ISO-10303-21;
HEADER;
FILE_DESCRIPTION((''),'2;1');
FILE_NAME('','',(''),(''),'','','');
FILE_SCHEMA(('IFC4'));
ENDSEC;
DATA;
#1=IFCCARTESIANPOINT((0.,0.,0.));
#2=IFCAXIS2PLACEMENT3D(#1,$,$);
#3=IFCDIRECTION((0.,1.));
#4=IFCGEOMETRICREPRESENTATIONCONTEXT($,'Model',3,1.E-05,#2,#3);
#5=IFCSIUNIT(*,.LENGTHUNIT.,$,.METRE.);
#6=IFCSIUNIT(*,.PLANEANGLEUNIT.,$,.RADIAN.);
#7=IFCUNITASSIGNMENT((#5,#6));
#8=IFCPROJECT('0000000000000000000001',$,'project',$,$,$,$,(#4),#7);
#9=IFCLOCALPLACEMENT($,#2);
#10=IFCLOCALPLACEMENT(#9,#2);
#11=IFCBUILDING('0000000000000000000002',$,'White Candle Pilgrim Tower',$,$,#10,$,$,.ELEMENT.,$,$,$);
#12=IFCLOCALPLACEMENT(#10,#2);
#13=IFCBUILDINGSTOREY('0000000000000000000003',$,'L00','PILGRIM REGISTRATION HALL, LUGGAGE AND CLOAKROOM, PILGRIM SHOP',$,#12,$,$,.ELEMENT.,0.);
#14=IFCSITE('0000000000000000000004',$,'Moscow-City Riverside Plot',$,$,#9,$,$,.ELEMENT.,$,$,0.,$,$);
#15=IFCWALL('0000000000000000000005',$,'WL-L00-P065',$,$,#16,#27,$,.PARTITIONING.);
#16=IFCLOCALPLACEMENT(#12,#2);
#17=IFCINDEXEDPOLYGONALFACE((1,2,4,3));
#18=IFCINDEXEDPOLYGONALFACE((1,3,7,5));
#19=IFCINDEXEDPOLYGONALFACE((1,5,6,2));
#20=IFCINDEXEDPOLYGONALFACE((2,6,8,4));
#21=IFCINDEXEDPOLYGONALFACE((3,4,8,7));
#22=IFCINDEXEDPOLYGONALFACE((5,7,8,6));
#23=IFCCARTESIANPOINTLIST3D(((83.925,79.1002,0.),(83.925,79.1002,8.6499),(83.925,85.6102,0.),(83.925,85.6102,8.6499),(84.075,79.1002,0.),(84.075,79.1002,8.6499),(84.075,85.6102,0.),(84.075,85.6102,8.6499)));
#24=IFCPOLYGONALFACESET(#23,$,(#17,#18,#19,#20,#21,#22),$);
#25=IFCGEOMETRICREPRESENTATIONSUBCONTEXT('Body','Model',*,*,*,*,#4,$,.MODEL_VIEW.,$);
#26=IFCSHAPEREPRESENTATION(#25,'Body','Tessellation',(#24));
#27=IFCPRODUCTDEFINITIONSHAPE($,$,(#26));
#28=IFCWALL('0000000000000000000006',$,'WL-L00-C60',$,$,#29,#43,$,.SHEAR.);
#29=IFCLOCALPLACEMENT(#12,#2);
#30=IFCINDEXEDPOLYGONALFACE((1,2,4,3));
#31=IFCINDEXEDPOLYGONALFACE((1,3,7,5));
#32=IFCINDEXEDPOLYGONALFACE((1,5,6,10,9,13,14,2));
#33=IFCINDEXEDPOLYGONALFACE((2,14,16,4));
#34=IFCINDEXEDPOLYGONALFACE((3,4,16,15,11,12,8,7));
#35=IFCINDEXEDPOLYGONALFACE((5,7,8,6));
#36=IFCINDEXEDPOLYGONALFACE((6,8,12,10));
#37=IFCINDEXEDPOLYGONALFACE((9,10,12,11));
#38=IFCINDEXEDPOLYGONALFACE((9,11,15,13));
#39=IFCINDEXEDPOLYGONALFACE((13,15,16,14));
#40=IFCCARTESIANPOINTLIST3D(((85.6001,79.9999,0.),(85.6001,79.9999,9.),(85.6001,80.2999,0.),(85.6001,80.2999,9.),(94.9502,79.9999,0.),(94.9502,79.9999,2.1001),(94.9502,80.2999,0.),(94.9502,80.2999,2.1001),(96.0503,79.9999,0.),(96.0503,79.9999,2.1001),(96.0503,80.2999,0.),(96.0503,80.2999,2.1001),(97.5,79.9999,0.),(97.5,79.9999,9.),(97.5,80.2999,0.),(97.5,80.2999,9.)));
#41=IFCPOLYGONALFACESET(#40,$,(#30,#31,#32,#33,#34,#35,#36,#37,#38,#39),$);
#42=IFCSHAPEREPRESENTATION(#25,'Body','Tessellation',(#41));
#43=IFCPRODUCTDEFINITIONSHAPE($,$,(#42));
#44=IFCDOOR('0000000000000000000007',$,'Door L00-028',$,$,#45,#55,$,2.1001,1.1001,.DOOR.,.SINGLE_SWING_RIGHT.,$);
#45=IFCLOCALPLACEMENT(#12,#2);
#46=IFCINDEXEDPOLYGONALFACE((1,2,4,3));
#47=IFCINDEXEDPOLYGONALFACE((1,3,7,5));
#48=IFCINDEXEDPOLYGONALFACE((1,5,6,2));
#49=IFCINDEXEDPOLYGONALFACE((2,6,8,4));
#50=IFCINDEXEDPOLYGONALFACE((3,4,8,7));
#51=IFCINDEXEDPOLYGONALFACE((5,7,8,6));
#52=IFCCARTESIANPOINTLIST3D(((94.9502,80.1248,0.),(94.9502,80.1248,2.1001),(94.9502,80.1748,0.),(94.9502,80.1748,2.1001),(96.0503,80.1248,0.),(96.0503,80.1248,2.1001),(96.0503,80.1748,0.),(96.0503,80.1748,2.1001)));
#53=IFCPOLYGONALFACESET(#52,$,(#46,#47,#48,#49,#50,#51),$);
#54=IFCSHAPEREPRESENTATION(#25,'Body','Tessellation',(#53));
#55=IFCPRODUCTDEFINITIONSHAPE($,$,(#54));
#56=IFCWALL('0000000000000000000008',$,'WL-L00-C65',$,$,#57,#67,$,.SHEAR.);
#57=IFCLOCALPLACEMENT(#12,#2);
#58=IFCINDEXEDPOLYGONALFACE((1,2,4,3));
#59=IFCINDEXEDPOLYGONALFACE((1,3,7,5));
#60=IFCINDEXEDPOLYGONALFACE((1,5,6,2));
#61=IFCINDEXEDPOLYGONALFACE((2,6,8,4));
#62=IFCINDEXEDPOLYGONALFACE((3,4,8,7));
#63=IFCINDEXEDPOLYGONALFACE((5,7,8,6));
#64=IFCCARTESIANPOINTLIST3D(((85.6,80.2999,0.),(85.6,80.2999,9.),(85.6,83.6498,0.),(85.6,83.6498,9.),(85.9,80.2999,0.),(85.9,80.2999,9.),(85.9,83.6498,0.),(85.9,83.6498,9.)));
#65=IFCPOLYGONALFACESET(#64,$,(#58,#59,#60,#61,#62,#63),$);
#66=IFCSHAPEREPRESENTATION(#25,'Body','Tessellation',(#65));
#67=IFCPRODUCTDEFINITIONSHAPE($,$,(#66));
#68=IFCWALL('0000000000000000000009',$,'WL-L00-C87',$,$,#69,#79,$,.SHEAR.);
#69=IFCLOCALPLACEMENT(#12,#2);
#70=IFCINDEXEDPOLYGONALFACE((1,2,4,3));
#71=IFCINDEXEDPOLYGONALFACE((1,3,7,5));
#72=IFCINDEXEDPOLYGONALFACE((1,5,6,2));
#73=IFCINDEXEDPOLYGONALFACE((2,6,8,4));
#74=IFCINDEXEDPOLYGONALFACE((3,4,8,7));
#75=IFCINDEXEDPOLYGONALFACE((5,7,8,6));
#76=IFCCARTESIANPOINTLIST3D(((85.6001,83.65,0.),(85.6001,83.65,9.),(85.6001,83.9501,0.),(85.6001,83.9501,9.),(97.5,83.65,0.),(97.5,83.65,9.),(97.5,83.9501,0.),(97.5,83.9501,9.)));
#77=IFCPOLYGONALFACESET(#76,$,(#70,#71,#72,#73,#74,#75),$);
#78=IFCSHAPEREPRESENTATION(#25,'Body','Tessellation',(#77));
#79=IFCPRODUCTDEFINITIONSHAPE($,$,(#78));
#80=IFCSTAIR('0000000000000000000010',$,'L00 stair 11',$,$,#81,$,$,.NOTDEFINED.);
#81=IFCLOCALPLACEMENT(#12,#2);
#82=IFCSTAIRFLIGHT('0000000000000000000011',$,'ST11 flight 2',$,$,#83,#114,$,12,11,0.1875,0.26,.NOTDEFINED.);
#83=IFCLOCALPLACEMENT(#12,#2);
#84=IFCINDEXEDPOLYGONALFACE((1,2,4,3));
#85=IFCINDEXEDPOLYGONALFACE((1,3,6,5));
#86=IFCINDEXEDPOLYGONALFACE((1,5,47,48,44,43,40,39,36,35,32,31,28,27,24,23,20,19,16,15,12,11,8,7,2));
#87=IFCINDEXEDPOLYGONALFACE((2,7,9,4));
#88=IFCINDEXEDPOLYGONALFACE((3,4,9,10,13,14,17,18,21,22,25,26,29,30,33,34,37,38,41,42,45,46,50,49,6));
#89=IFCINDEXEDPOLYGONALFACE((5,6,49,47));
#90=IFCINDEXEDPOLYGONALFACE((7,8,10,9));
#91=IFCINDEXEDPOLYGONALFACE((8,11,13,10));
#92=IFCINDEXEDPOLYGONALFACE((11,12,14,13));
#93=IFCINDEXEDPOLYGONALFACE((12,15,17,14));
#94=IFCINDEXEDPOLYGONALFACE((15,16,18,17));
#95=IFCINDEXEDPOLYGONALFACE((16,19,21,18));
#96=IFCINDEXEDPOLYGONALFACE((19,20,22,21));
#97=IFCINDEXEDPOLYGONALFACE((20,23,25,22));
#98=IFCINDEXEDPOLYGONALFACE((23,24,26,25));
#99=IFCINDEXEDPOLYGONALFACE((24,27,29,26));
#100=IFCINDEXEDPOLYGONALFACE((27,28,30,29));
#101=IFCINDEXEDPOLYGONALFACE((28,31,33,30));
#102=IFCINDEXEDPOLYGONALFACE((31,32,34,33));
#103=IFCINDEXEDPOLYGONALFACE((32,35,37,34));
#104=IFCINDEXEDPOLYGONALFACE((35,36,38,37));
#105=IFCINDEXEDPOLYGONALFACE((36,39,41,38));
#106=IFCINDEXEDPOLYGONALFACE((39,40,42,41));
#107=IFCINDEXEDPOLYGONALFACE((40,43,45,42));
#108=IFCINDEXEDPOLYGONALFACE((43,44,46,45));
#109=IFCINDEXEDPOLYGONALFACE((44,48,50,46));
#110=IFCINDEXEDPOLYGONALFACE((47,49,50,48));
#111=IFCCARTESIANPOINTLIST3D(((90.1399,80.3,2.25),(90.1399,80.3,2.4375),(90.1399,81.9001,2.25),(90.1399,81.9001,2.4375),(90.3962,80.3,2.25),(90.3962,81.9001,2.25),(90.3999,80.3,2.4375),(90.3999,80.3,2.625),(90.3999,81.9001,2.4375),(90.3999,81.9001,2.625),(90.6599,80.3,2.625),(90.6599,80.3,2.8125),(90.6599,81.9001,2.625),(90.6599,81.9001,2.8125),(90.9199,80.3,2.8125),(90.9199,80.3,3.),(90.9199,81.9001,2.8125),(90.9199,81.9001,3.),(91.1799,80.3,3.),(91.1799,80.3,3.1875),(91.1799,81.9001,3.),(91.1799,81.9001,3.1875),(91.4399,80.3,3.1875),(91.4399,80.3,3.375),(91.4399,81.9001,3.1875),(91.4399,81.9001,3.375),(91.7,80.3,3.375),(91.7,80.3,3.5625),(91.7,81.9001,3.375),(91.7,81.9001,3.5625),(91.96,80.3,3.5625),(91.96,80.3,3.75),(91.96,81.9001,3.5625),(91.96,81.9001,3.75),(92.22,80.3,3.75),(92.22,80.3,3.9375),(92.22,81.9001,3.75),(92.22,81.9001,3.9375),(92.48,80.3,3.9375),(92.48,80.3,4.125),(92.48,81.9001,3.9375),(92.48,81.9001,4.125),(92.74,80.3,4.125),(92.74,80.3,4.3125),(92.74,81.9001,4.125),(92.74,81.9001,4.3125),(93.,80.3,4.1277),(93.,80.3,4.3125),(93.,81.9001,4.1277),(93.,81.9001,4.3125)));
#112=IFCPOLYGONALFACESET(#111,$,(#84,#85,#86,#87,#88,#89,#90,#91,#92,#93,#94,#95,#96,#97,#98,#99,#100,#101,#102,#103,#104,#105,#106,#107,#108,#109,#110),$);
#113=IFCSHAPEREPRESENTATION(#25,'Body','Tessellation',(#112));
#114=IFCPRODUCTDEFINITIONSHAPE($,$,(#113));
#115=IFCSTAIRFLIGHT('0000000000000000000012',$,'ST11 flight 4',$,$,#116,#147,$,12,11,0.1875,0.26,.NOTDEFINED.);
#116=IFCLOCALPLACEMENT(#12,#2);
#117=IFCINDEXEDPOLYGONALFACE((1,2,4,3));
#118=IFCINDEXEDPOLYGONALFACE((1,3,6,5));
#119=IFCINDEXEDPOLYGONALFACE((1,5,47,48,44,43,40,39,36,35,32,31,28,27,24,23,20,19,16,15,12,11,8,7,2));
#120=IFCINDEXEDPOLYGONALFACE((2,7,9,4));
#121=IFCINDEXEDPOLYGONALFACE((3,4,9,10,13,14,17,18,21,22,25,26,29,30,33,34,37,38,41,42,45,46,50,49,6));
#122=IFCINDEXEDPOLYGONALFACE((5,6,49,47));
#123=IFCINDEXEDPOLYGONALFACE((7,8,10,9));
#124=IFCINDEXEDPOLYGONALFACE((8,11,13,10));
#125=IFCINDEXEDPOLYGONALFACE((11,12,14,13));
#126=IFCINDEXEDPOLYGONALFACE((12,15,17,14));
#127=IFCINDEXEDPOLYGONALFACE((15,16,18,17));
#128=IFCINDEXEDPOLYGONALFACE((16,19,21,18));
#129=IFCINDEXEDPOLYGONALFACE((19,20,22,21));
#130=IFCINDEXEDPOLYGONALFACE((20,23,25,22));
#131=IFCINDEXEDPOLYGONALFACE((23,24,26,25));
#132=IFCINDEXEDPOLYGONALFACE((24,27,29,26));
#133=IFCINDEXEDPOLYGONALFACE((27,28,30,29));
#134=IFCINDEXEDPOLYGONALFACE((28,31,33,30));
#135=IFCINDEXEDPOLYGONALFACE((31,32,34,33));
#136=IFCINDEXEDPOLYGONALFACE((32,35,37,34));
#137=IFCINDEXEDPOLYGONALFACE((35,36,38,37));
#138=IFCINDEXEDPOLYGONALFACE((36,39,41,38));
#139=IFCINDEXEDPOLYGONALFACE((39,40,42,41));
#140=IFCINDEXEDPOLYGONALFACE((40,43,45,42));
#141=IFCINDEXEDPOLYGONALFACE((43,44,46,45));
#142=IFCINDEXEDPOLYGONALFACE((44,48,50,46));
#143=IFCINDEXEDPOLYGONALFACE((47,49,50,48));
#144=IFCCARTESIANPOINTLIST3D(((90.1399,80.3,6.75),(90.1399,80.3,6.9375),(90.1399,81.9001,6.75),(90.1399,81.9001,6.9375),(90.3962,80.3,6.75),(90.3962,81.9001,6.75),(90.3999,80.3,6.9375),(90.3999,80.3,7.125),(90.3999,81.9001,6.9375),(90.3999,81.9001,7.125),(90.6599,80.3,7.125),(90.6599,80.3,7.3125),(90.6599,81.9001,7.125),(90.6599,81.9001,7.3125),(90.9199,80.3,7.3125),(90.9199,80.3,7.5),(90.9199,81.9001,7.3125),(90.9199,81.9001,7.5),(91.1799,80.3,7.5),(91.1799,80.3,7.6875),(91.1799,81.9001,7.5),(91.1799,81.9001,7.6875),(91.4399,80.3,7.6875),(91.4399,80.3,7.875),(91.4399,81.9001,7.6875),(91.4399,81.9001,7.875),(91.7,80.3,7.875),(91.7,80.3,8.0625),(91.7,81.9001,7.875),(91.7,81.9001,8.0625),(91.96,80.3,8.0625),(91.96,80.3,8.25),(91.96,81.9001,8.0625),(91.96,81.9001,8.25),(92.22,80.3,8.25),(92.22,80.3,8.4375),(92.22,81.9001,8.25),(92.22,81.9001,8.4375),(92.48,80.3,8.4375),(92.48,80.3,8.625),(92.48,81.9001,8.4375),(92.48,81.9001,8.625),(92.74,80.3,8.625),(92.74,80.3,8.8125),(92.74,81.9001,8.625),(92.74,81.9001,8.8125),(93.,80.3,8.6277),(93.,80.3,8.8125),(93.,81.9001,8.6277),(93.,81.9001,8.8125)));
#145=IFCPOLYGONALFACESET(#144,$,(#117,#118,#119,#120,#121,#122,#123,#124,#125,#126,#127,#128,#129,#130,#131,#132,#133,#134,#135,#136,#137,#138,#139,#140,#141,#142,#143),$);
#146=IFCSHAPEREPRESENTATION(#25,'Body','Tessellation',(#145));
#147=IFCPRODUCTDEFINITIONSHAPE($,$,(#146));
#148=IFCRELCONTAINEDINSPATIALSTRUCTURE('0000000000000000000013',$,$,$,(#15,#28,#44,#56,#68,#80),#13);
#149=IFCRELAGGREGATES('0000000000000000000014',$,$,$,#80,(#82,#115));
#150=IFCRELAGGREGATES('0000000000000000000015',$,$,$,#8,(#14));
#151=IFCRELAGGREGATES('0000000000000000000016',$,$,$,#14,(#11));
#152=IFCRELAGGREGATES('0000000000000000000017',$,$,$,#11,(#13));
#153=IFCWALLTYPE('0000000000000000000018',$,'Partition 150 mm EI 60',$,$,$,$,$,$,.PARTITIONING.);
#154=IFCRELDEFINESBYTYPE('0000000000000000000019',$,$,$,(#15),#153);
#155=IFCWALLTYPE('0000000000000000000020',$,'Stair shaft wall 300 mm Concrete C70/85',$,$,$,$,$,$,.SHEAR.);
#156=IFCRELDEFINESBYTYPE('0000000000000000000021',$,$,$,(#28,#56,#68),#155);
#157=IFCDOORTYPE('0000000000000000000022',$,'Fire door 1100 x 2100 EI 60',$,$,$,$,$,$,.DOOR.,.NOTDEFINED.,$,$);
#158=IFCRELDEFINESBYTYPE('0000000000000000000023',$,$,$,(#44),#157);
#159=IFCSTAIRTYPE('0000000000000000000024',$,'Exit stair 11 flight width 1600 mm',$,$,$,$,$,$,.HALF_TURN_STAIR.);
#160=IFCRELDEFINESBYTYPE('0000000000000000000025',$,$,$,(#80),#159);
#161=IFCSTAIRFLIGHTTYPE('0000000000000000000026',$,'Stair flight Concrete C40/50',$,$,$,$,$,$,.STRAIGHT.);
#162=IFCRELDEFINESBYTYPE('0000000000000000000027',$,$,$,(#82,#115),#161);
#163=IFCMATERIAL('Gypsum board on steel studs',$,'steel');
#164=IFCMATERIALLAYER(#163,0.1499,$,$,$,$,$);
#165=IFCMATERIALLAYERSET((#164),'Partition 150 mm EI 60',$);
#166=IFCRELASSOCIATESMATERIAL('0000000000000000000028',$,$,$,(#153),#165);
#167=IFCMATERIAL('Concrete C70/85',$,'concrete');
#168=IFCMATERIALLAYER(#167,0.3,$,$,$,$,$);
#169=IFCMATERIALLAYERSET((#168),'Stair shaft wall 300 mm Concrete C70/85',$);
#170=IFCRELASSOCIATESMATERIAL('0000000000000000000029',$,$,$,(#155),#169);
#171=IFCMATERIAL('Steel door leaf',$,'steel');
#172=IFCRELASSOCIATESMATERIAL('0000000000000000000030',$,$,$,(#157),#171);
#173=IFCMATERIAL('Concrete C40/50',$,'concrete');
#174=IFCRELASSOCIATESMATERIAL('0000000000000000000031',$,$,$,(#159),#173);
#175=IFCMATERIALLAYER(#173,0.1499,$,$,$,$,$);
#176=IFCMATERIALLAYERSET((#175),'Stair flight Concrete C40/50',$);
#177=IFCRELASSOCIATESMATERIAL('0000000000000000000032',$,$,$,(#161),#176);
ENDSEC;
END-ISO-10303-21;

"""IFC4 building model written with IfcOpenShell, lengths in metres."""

from ifc_helpers import new_model, si_unit, direction, frame, frame_2d, origin, place, context, subcontext, project, spatial, polyline, rectangle, outline, extrude, material, layer, layer_set, type_object, element, fill, aggregate, save


model = new_model("IFC4")

# Units and contexts
model_context = context("Model", 3, precision=1e-05, world=origin(), true_north=direction((0.0, 1.0)))
body_context = subcontext(model_context, "Body", "Model", "MODEL_VIEW")
ifc_project = project(units=[si_unit("LENGTHUNIT", "METRE"), si_unit("PLANEANGLEUNIT", "RADIAN")], contexts=[model_context])

# Site, building, storey
site_placement = place(None, origin())
site = spatial("IfcSite", under=ifc_project, at=site_placement, Name="Moscow-City Riverside Plot", CompositionType="ELEMENT", RefElevation=0.0)
building_placement = place(site_placement, origin())
building = spatial("IfcBuilding", under=site, at=building_placement, Name="White Candle Pilgrim Tower", CompositionType="ELEMENT")
storey_placement = place(building_placement, origin())
storey = spatial("IfcBuildingStorey", under=building, at=storey_placement, Name="L00", Description="PILGRIM REGISTRATION HALL, LUGGAGE AND CLOAKROOM, PILGRIM SHOP", CompositionType="ELEMENT", Elevation=0.0)

# Shared definitions
ifc_material_1 = material(Name="Concrete C70/85", Category="concrete")
ifc_material_2 = material(Name="Steel door leaf", Category="steel")

# Shared definitions
ifc_material_3 = material(Name="Gypsum board on steel studs", Category="steel")

# Wall
ifc_layer_1 = layer(ifc_material_3, 0.1499)
ifc_layer_set_1 = layer_set([ifc_layer_1], Name="Partition 150 mm EI 60")
wall_type_1 = type_object("IfcWallType", Name="Partition 150 mm EI 60", PredefinedType="PARTITIONING", material=ifc_layer_set_1)
wall_1_placement = place(storey_placement, frame((84.0, 85.6101, 0.0), z_axis=(0.0, 0.0, 1.0), x_axis=(0.0, -1.0, 0.0)))
element("IfcWall", 1, at=wall_1_placement, inside=storey, type_object=wall_type_1, Name="WL-L00-P065", PredefinedType="PARTITIONING", context=body_context, shape_type="SweptSolid", body=[
    extrude(rectangle(XDim=6.51, YDim=0.1499, at=frame_2d((3.2549, 0.0))), origin(), (0.0, 0.0, 1.0), 8.6499),
])

# Wall, opening, door
ifc_layer_2 = layer(ifc_material_1, 0.3)
ifc_layer_set_2 = layer_set([ifc_layer_2], Name="Stair shaft wall 300 mm Concrete C70/85")
wall_type_2 = type_object("IfcWallType", Name="Stair shaft wall 300 mm Concrete C70/85", PredefinedType="SHEAR", material=ifc_layer_set_2)
wall_2_placement = place(storey_placement, frame((85.6001, 80.1499, 0.0), z_axis=(0.0, 0.0, 1.0), x_axis=(1.0, 0.0, 0.0)))
wall_2 = element("IfcWall", 2, at=wall_2_placement, inside=storey, type_object=wall_type_2, Name="WL-L00-C60", PredefinedType="SHEAR", context=body_context, shape_type="SweptSolid", body=[
    extrude(rectangle(XDim=11.8999, YDim=0.3, at=frame_2d((5.95, 0.0))), origin(), (0.0, 0.0, 1.0), 9.0),
])
opening_1_placement = place(wall_2_placement, frame((9.3501, 0.0, 0.0)))
opening_1 = element("IfcOpeningElement", 3, at=opening_1_placement, cuts=wall_2, PredefinedType="OPENING", context=body_context, shape_type="SweptSolid", body=[
    extrude(rectangle(XDim=1.1001, YDim=2.1001, at=frame_2d((0.55, 1.05))), frame((0.0, 0.1599, 0.0), z_axis=(0.0, -1.0, 0.0), x_axis=(1.0, 0.0, 0.0)), (0.0, 0.0, 1.0), 0.3201),
])
door_type_1 = type_object("IfcDoorType", Name="Fire door 1100 x 2100 EI 60", OperationType="NOTDEFINED", PredefinedType="DOOR", material=ifc_material_2)
door_1_placement = place(opening_1_placement, origin())
door_1 = element("IfcDoor", 4, at=door_1_placement, inside=storey, type_object=door_type_1, Name="Door L00-028", OperationType="SINGLE_SWING_RIGHT", OverallHeight=2.1001, OverallWidth=1.1001, PredefinedType="DOOR", context=body_context, shape_type="SweptSolid", body=[
    extrude(rectangle(XDim=1.1001, YDim=2.1001, at=frame_2d((0.55, 1.05))), frame((0.0, 0.0249, 0.0), z_axis=(0.0, -1.0, 0.0), x_axis=(1.0, 0.0, 0.0)), (0.0, 0.0, 1.0), 0.05),
])
fill(opening_1, door_1)

# Walls
wall_3_placement = place(storey_placement, frame((85.75, 80.3, 0.0), z_axis=(0.0, 0.0, 1.0), x_axis=(0.0, 1.0, 0.0)))
element("IfcWall", 5, at=wall_3_placement, inside=storey, type_object=wall_type_2, Name="WL-L00-C65", PredefinedType="SHEAR", context=body_context, shape_type="SweptSolid", body=[
    extrude(rectangle(XDim=3.3499, YDim=0.3, at=frame_2d((1.6748, 0.0))), origin(), (0.0, 0.0, 1.0), 9.0),
])
wall_4_placement = place(storey_placement, frame((85.6001, 83.8, 0.0), z_axis=(0.0, 0.0, 1.0), x_axis=(1.0, 0.0, 0.0)))
element("IfcWall", 6, at=wall_4_placement, inside=storey, type_object=wall_type_2, Name="WL-L00-C87", PredefinedType="SHEAR", context=body_context, shape_type="SweptSolid", body=[
    extrude(rectangle(XDim=11.8999, YDim=0.3, at=frame_2d((5.95, 0.0))), origin(), (0.0, 0.0, 1.0), 9.0),
])

# Stair, stair flights
ifc_material_4 = material(Name="Concrete C40/50", Category="concrete")
stair_type = type_object("IfcStairType", Name="Exit stair 11 flight width 1600 mm", PredefinedType="HALF_TURN_STAIR", material=ifc_material_4)
stair_placement = place(storey_placement, origin())
stair = element("IfcStair", 7, at=stair_placement, inside=storey, type_object=stair_type, Name="L00 stair 11", PredefinedType="NOTDEFINED")
ifc_layer_3 = layer(ifc_material_4, 0.1499)
ifc_layer_set_3 = layer_set([ifc_layer_3], Name="Stair flight Concrete C40/50")
stair_flight_type = type_object("IfcStairFlightType", Name="Stair flight Concrete C40/50", PredefinedType="STRAIGHT", material=ifc_layer_set_3)
stair_flight_1_placement = place(storey_placement, frame((90.1399, 81.1001, 2.25), z_axis=(0.0, 0.0, 1.0), x_axis=(1.0, 0.0, 0.0)))
stair_flight_1 = element("IfcStairFlight", 8, at=stair_flight_1_placement, type_object=stair_flight_type, Name="ST11 flight 2", NumberOfRisers=12, NumberOfTreads=11, PredefinedType="NOTDEFINED", RiserHeight=0.1875, TreadLength=0.26, context=body_context, shape_type="SweptSolid", body=[
    extrude(outline(polyline([(0.0, 0.0), (0.0, 0.1875), (0.26, 0.1875), (0.26, 0.375), (0.52, 0.375), (0.52, 0.5625), (0.78, 0.5625), (0.78, 0.75), (1.04, 0.75), (1.04, 0.9375), (1.3, 0.9375), (1.3, 1.125), (1.5601, 1.125), (1.5601, 1.3125), (1.8201, 1.3125), (1.8201, 1.5), (2.0801, 1.5), (2.0801, 1.6875), (2.3401, 1.6875), (2.3401, 1.875), (2.6001, 1.875), (2.6001, 2.0625), (2.8601, 2.0625), (2.8601, 2.25), (2.8601, 1.8777), (0.2563, 0.0), (0.0, 0.0)])), frame((0.0, 0.8, 0.0), z_axis=(0.0, -1.0, 0.0), x_axis=(1.0, 0.0, 0.0)), (0.0, 0.0, 1.0), 1.6001),
])
stair_flight_2_placement = place(storey_placement, frame((90.1399, 81.1001, 6.75), z_axis=(0.0, 0.0, 1.0), x_axis=(1.0, 0.0, 0.0)))
stair_flight_2 = element("IfcStairFlight", 9, at=stair_flight_2_placement, type_object=stair_flight_type, Name="ST11 flight 4", NumberOfRisers=12, NumberOfTreads=11, PredefinedType="NOTDEFINED", RiserHeight=0.1875, TreadLength=0.26, context=body_context, shape_type="SweptSolid", body=[
    extrude(outline(polyline([(0.0, 0.0), (0.0, 0.1875), (0.26, 0.1875), (0.26, 0.375), (0.52, 0.375), (0.52, 0.5625), (0.78, 0.5625), (0.78, 0.75), (1.04, 0.75), (1.04, 0.9375), (1.3, 0.9375), (1.3, 1.125), (1.5601, 1.125), (1.5601, 1.3125), (1.8201, 1.3125), (1.8201, 1.5), (2.0801, 1.5), (2.0801, 1.6875), (2.3401, 1.6875), (2.3401, 1.875), (2.6001, 1.875), (2.6001, 2.0625), (2.8601, 2.0625), (2.8601, 2.25), (2.8601, 1.8777), (0.2563, 0.0), (0.0, 0.0)])), frame((0.0, 0.8, 0.0), z_axis=(0.0, -1.0, 0.0), x_axis=(1.0, 0.0, 0.0)), (0.0, 0.0, 1.0), 1.6001),
])
aggregate(stair, [stair_flight_1, stair_flight_2])

save(model, "model.ifc")
